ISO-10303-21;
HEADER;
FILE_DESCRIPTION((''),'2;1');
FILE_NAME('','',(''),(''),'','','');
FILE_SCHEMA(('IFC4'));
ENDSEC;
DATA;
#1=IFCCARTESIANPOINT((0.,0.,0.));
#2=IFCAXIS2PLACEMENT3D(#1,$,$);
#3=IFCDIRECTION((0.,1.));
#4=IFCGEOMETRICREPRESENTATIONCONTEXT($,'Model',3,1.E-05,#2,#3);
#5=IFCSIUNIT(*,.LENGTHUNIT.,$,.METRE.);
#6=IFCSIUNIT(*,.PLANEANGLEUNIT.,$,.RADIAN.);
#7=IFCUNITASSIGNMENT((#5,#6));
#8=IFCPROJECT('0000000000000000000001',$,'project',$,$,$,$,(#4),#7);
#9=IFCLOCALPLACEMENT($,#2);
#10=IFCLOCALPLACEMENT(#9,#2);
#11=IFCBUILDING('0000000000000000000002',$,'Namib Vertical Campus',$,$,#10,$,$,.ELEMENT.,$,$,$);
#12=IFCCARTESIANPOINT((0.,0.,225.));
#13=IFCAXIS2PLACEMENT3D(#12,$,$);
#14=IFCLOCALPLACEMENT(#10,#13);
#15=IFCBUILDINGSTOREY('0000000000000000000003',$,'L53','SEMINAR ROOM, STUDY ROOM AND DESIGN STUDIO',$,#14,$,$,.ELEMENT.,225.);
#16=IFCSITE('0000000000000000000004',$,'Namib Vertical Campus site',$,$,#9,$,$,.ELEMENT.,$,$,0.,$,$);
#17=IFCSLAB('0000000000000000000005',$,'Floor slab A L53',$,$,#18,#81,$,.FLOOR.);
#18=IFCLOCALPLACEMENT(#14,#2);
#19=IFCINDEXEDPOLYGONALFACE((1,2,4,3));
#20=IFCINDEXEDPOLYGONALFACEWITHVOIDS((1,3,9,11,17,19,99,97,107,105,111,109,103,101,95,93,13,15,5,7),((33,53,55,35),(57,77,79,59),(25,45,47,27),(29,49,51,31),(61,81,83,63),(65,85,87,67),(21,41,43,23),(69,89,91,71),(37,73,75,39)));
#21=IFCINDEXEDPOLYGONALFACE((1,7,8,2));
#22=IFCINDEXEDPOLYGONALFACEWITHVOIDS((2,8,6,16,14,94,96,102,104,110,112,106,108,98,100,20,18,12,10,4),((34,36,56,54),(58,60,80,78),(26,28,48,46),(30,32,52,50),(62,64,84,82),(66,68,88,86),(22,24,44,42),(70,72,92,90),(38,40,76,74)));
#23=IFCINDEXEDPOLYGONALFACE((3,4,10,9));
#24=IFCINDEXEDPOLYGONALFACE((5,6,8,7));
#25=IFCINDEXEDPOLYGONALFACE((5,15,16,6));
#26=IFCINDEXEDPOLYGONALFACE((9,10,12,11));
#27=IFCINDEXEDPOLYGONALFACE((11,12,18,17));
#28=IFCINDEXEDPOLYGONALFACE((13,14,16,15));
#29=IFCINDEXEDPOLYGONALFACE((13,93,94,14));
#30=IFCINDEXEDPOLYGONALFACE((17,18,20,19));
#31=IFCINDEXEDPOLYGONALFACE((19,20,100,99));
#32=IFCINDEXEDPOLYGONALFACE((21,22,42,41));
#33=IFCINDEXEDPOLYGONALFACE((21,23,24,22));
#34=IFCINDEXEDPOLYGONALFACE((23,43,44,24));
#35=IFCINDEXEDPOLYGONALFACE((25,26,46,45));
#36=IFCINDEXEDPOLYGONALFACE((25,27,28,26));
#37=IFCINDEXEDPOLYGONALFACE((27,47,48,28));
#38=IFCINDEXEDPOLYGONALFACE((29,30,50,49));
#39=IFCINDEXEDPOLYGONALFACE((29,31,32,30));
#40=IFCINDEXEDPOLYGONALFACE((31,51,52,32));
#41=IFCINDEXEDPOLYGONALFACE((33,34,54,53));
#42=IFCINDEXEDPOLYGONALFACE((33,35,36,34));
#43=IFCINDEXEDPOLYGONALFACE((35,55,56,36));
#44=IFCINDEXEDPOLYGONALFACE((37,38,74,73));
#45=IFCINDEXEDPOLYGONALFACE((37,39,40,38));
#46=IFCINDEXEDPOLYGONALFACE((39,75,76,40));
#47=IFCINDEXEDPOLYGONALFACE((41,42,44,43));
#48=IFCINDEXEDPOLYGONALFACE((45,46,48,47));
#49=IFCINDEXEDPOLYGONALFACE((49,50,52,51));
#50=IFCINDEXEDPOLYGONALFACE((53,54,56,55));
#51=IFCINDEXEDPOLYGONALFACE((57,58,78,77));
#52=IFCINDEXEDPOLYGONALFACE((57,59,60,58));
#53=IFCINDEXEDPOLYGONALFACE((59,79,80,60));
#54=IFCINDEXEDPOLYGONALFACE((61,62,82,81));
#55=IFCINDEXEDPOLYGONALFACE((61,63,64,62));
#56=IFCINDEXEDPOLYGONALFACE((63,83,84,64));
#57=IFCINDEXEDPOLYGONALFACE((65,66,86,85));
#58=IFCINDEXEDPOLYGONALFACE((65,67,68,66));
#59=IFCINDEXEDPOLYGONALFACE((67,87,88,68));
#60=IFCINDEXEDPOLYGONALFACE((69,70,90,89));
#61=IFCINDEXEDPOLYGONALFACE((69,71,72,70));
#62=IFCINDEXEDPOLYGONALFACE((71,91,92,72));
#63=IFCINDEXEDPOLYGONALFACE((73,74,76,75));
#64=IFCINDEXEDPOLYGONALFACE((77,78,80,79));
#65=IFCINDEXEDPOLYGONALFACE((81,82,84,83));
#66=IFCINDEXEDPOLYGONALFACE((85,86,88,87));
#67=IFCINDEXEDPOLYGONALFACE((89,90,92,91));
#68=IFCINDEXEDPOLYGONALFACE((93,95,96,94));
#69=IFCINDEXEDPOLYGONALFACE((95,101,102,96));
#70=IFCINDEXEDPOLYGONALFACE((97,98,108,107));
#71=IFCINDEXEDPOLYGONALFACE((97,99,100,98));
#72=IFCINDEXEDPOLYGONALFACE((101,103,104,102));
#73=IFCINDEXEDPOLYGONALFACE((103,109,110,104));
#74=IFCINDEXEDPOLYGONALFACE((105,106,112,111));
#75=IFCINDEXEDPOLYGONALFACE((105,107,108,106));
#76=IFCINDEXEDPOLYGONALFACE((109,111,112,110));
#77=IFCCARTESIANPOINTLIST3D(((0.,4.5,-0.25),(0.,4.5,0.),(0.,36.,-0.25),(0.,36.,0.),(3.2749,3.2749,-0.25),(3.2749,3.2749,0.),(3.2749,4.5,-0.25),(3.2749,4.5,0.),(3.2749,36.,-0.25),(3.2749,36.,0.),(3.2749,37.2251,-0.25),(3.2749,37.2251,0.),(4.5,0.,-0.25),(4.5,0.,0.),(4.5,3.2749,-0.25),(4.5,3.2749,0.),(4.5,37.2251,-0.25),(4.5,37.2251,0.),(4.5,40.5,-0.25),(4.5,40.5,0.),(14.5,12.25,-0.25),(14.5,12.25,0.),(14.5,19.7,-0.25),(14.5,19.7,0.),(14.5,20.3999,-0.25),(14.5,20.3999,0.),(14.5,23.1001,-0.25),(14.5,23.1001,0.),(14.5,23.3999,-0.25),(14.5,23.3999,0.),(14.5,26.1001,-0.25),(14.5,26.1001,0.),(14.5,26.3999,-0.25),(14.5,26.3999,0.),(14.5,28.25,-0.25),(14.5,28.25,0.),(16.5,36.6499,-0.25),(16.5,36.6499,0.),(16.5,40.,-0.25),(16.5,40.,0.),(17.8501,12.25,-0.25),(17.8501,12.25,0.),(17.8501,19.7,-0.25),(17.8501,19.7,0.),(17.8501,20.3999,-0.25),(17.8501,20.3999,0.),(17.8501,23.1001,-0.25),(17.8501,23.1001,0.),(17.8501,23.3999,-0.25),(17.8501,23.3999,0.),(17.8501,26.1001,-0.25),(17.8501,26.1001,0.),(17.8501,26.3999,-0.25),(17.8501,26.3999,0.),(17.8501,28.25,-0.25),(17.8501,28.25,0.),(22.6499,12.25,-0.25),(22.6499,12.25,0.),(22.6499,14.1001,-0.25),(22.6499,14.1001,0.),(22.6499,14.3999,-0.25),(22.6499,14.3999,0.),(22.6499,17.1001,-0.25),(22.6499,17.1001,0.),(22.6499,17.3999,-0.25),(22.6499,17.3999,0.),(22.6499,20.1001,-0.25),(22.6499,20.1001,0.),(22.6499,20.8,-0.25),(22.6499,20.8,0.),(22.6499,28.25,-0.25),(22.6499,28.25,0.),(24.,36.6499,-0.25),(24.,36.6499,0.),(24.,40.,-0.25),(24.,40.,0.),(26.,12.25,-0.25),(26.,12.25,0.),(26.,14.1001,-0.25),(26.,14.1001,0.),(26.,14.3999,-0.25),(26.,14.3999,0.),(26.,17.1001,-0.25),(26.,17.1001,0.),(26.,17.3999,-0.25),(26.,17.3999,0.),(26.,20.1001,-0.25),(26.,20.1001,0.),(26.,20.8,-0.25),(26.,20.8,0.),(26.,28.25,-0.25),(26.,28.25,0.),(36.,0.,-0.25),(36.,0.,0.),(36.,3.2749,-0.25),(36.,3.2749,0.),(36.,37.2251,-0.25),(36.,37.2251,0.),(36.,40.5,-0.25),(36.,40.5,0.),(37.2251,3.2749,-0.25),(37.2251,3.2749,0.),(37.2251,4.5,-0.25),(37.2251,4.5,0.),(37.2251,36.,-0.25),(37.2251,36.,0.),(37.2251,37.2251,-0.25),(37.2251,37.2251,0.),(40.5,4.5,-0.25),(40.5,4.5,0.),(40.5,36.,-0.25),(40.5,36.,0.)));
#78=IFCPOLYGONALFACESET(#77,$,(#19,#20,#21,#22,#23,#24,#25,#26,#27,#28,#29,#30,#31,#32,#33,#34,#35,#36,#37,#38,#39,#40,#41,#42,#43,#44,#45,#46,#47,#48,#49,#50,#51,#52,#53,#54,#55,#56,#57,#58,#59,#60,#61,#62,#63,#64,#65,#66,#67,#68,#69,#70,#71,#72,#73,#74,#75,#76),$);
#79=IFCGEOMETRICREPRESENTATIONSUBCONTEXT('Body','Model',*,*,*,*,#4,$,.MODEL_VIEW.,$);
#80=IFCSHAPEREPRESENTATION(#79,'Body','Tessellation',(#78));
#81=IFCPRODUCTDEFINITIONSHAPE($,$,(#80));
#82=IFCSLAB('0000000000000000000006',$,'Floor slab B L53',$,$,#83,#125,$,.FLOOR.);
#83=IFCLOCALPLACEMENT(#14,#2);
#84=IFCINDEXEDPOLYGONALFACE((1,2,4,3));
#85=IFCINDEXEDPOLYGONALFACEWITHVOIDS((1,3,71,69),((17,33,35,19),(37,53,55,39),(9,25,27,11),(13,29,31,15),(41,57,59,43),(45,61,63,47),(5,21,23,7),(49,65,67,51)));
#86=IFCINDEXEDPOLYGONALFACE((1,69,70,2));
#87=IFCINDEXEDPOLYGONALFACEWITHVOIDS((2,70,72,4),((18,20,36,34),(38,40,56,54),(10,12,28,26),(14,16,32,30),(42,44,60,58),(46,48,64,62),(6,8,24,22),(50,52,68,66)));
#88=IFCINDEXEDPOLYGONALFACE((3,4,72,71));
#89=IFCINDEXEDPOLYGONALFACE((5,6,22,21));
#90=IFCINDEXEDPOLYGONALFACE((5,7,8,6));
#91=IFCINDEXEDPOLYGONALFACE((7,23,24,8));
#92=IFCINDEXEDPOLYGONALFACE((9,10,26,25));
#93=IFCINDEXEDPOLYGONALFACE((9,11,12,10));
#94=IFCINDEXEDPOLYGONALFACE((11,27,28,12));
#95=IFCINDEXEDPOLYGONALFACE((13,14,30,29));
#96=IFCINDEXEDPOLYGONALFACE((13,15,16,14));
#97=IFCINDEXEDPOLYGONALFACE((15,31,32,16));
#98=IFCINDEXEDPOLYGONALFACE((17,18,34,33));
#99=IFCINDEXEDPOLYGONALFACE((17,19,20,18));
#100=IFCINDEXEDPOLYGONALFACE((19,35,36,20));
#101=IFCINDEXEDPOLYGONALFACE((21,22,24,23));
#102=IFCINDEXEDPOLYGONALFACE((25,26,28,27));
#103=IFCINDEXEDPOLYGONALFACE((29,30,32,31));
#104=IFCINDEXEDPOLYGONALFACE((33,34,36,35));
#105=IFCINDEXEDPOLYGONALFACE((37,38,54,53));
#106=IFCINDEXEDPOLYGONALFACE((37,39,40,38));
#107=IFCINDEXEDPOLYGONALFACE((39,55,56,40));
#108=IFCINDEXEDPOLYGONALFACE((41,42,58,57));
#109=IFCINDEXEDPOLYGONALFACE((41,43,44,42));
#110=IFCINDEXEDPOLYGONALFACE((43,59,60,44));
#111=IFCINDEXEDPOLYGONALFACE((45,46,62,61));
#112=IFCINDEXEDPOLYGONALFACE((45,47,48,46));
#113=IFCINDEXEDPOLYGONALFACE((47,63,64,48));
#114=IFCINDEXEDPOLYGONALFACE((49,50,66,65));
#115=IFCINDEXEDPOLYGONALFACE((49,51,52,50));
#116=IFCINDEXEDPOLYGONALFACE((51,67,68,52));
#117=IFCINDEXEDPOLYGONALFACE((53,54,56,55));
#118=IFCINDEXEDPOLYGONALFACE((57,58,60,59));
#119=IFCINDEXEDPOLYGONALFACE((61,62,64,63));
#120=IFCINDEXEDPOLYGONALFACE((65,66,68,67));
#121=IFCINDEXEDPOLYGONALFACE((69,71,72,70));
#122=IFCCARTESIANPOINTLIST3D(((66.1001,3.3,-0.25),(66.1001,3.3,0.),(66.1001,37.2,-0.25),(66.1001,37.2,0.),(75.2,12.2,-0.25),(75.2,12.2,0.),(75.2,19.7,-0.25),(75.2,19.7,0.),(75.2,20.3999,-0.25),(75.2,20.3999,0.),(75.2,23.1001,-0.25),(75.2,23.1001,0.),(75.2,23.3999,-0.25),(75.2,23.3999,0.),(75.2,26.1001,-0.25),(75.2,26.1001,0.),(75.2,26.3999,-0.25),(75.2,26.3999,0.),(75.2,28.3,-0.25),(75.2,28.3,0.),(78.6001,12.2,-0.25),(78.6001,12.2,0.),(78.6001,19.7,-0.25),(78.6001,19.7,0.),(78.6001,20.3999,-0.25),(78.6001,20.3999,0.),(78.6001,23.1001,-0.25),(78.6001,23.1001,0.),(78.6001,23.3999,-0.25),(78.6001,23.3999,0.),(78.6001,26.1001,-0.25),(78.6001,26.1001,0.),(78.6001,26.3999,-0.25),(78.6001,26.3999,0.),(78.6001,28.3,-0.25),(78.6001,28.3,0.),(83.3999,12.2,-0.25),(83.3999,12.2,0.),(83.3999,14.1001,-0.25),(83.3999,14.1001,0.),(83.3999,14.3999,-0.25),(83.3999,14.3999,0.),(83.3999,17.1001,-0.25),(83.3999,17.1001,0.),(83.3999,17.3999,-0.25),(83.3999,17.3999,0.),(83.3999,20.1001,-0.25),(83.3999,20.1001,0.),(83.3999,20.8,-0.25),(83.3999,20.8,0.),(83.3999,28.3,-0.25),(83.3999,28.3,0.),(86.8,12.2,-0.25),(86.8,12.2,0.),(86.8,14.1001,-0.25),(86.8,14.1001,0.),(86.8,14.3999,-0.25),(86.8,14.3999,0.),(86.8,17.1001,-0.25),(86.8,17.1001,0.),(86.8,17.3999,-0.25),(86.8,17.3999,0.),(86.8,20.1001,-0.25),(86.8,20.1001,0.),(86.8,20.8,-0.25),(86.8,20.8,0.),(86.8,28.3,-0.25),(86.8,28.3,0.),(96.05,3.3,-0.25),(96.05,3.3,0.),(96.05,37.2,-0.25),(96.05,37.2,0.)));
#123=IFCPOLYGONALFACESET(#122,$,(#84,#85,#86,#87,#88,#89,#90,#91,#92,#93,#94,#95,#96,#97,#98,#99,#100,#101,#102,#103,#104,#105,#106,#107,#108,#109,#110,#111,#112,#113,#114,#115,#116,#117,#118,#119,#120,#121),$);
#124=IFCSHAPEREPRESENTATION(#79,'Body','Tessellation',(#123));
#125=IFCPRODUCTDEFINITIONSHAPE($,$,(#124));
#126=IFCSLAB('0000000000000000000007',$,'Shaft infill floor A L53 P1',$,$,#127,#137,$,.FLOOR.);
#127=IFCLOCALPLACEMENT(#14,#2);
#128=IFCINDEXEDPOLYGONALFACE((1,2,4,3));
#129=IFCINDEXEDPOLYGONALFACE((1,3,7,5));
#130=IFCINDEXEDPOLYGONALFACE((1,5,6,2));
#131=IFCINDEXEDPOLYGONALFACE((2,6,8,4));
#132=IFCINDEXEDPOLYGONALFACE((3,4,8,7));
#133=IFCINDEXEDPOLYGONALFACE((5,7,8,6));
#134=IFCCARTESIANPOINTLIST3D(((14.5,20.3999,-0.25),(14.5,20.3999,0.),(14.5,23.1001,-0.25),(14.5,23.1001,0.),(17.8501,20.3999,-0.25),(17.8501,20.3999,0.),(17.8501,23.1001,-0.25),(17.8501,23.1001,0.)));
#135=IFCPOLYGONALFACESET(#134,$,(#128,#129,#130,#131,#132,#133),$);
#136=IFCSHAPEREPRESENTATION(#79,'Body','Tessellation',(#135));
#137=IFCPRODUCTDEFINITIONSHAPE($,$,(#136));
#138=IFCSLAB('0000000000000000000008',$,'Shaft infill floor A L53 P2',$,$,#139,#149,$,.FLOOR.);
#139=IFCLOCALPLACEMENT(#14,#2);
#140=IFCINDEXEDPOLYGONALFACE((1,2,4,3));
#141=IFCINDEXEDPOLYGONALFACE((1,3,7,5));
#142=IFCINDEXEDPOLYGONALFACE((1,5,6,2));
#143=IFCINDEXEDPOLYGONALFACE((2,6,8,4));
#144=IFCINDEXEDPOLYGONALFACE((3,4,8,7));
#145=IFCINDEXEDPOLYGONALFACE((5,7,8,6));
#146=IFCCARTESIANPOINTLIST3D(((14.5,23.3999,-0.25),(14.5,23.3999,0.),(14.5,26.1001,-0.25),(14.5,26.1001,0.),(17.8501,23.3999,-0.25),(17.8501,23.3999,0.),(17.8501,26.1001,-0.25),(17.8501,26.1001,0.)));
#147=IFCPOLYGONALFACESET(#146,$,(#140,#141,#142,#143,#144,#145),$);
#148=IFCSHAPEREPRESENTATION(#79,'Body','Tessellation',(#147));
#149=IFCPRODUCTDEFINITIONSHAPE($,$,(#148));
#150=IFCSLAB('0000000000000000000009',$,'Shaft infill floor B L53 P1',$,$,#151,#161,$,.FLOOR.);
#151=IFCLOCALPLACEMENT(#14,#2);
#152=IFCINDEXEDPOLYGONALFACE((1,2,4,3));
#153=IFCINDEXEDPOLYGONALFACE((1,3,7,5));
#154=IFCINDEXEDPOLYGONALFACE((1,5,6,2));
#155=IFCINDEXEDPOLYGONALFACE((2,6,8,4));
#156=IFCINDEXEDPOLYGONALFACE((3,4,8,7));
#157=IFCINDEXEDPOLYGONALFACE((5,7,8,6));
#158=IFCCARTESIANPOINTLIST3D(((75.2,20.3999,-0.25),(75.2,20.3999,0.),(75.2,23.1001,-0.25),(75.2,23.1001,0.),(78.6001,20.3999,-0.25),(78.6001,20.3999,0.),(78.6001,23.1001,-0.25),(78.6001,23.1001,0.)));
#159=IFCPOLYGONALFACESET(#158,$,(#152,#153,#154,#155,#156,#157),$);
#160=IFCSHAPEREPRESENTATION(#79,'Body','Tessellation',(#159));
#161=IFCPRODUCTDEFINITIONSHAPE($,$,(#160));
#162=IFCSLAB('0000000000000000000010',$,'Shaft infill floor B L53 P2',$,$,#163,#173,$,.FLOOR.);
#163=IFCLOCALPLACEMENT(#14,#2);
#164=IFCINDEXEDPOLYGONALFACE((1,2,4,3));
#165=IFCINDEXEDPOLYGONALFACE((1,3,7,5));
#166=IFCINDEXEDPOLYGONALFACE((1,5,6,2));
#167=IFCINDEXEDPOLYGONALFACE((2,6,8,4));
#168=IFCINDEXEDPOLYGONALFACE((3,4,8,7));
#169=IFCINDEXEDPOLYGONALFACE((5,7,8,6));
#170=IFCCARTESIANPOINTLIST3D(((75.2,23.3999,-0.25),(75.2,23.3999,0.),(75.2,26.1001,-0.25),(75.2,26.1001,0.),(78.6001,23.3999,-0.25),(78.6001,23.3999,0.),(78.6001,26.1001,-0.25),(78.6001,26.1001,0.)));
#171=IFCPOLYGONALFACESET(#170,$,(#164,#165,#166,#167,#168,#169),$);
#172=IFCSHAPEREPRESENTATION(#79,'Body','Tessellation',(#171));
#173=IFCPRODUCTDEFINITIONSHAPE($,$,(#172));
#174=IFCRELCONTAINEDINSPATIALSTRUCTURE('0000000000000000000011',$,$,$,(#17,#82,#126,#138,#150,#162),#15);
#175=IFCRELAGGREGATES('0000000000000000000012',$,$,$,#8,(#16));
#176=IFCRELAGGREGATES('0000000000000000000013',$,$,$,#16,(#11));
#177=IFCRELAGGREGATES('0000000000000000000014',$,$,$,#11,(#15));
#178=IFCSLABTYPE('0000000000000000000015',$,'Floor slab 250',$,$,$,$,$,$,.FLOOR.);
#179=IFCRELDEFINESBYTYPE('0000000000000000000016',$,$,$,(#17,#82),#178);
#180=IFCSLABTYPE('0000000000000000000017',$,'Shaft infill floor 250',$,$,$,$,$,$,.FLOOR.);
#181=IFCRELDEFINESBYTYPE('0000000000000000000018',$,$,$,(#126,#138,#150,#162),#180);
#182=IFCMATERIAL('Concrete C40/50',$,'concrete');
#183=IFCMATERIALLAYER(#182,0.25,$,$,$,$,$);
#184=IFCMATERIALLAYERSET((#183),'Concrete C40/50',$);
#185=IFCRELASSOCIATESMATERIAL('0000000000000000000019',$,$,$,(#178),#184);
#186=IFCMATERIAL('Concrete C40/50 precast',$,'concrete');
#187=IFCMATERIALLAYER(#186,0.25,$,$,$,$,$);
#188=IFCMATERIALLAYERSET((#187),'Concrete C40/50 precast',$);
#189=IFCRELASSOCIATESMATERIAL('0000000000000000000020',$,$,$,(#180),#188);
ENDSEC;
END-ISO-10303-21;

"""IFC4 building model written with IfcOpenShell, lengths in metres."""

from ifc_helpers import new_model, si_unit, direction, frame, origin, place, context, subcontext, project, spatial, polyline, outline, extrude, material, layer, layer_set, type_object, element, save


model = new_model("IFC4")

# Units and contexts
model_context = context("Model", 3, precision=1e-05, world=origin(), true_north=direction((0.0, 1.0)))
body_context = subcontext(model_context, "Body", "Model", "MODEL_VIEW")
ifc_project = project(units=[si_unit("LENGTHUNIT", "METRE"), si_unit("PLANEANGLEUNIT", "RADIAN")], contexts=[model_context])

# Site, building, storey
site_placement = place(None, origin())
site = spatial("IfcSite", under=ifc_project, at=site_placement, Name="Namib Vertical Campus site", CompositionType="ELEMENT", RefElevation=0.0)
building_placement = place(site_placement, origin())
building = spatial("IfcBuilding", under=site, at=building_placement, Name="Namib Vertical Campus", CompositionType="ELEMENT")
storey_placement = place(building_placement, frame((0.0, 0.0, 225.0)))
storey = spatial("IfcBuildingStorey", under=building, at=storey_placement, Name="L53", Description="SEMINAR ROOM, STUDY ROOM AND DESIGN STUDIO", CompositionType="ELEMENT", Elevation=225.0)

# Slabs
ifc_material_1 = material(Name="Concrete C40/50", Category="concrete")
ifc_layer_1 = layer(ifc_material_1, 0.25)
ifc_layer_set_1 = layer_set([ifc_layer_1], Name="Concrete C40/50")
slab_type_1 = type_object("IfcSlabType", Name="Floor slab 250", PredefinedType="FLOOR", material=ifc_layer_set_1)
slab_1_placement = place(storey_placement, frame((0.0, 0.0, -0.25)))
element("IfcSlab", 1, at=slab_1_placement, inside=storey, type_object=slab_type_1, Name="Floor slab A L53", PredefinedType="FLOOR", context=body_context, shape_type="SweptSolid", body=[
    extrude(outline(polyline([(4.5, 0.0), (36.0, 0.0), (36.0, 3.2749), (37.2251, 3.2749), (37.2251, 4.5), (40.5, 4.5), (40.5, 36.0), (37.2251, 36.0), (37.2251, 37.2251), (36.0, 37.2251), (36.0, 40.5), (4.5, 40.5), (4.5, 37.2251), (3.2749, 37.2251), (3.2749, 36.0), (0.0, 36.0), (0.0, 4.5), (3.2749, 4.5), (3.2749, 3.2749), (4.5, 3.2749), (4.5, 0.0)]), holes=[polyline([(14.5, 12.25), (17.8501, 12.25), (17.8501, 19.7), (14.5, 19.7), (14.5, 12.25)]), polyline([(22.6499, 20.8), (26.0, 20.8), (26.0, 28.25), (22.6499, 28.25), (22.6499, 20.8)]), polyline([(22.6499, 12.25), (26.0, 12.25), (26.0, 14.1001), (22.6499, 14.1001), (22.6499, 12.25)]), polyline([(14.5, 20.3999), (17.8501, 20.3999), (17.8501, 23.1001), (14.5, 23.1001), (14.5, 20.3999)]), polyline([(14.5, 23.3999), (17.8501, 23.3999), (17.8501, 26.1001), (14.5, 26.1001), (14.5, 23.3999)]), polyline([(14.5, 26.3999), (17.8501, 26.3999), (17.8501, 28.25), (14.5, 28.25), (14.5, 26.3999)]), polyline([(22.6499, 14.3999), (26.0, 14.3999), (26.0, 17.1001), (22.6499, 17.1001), (22.6499, 14.3999)]), polyline([(22.6499, 17.3999), (26.0, 17.3999), (26.0, 20.1001), (22.6499, 20.1001), (22.6499, 17.3999)]), polyline([(16.5, 36.6499), (24.0, 36.6499), (24.0, 40.0), (16.5, 40.0), (16.5, 36.6499)])]), origin(), (0.0, 0.0, 1.0), 0.25),
])
slab_2_placement = place(storey_placement, frame((0.0, 0.0, -0.25)))
element("IfcSlab", 2, at=slab_2_placement, inside=storey, type_object=slab_type_1, Name="Floor slab B L53", PredefinedType="FLOOR", context=body_context, shape_type="SweptSolid", body=[
    extrude(outline(polyline([(66.1001, 3.3), (96.05, 3.3), (96.05, 37.2), (66.1001, 37.2), (66.1001, 3.3)]), holes=[polyline([(75.2, 12.2), (78.6001, 12.2), (78.6001, 19.7), (75.2, 19.7), (75.2, 12.2)]), polyline([(83.3999, 20.8), (86.8, 20.8), (86.8, 28.3), (83.3999, 28.3), (83.3999, 20.8)]), polyline([(83.3999, 12.2), (86.8, 12.2), (86.8, 14.1001), (83.3999, 14.1001), (83.3999, 12.2)]), polyline([(75.2, 20.3999), (78.6001, 20.3999), (78.6001, 23.1001), (75.2, 23.1001), (75.2, 20.3999)]), polyline([(75.2, 23.3999), (78.6001, 23.3999), (78.6001, 26.1001), (75.2, 26.1001), (75.2, 23.3999)]), polyline([(75.2, 26.3999), (78.6001, 26.3999), (78.6001, 28.3), (75.2, 28.3), (75.2, 26.3999)]), polyline([(83.3999, 14.3999), (86.8, 14.3999), (86.8, 17.1001), (83.3999, 17.1001), (83.3999, 14.3999)]), polyline([(83.3999, 17.3999), (86.8, 17.3999), (86.8, 20.1001), (83.3999, 20.1001), (83.3999, 17.3999)])]), origin(), (0.0, 0.0, 1.0), 0.25),
])
ifc_material_2 = material(Name="Concrete C40/50 precast", Category="concrete")
ifc_layer_2 = layer(ifc_material_2, 0.25)
ifc_layer_set_2 = layer_set([ifc_layer_2], Name="Concrete C40/50 precast")
slab_type_2 = type_object("IfcSlabType", Name="Shaft infill floor 250", PredefinedType="FLOOR", material=ifc_layer_set_2)
slab_3_placement = place(storey_placement, frame((0.0, 0.0, -0.25)))
element("IfcSlab", 3, at=slab_3_placement, inside=storey, type_object=slab_type_2, Name="Shaft infill floor A L53 P1", PredefinedType="FLOOR", context=body_context, shape_type="SweptSolid", body=[
    extrude(outline(polyline([(14.5, 20.3999), (17.8501, 20.3999), (17.8501, 23.1001), (14.5, 23.1001), (14.5, 20.3999)])), origin(), (0.0, 0.0, 1.0), 0.25),
])
slab_4_placement = place(storey_placement, frame((0.0, 0.0, -0.25)))
element("IfcSlab", 4, at=slab_4_placement, inside=storey, type_object=slab_type_2, Name="Shaft infill floor A L53 P2", PredefinedType="FLOOR", context=body_context, shape_type="SweptSolid", body=[
    extrude(outline(polyline([(14.5, 23.3999), (17.8501, 23.3999), (17.8501, 26.1001), (14.5, 26.1001), (14.5, 23.3999)])), origin(), (0.0, 0.0, 1.0), 0.25),
])
slab_5_placement = place(storey_placement, frame((0.0, 0.0, -0.25)))
element("IfcSlab", 5, at=slab_5_placement, inside=storey, type_object=slab_type_2, Name="Shaft infill floor B L53 P1", PredefinedType="FLOOR", context=body_context, shape_type="SweptSolid", body=[
    extrude(outline(polyline([(75.2, 20.3999), (78.6001, 20.3999), (78.6001, 23.1001), (75.2, 23.1001), (75.2, 20.3999)])), origin(), (0.0, 0.0, 1.0), 0.25),
])
slab_6_placement = place(storey_placement, frame((0.0, 0.0, -0.25)))
element("IfcSlab", 6, at=slab_6_placement, inside=storey, type_object=slab_type_2, Name="Shaft infill floor B L53 P2", PredefinedType="FLOOR", context=body_context, shape_type="SweptSolid", body=[
    extrude(outline(polyline([(75.2, 23.3999), (78.6001, 23.3999), (78.6001, 26.1001), (75.2, 26.1001), (75.2, 23.3999)])), origin(), (0.0, 0.0, 1.0), 0.25),
])

save(model, "model.ifc")
